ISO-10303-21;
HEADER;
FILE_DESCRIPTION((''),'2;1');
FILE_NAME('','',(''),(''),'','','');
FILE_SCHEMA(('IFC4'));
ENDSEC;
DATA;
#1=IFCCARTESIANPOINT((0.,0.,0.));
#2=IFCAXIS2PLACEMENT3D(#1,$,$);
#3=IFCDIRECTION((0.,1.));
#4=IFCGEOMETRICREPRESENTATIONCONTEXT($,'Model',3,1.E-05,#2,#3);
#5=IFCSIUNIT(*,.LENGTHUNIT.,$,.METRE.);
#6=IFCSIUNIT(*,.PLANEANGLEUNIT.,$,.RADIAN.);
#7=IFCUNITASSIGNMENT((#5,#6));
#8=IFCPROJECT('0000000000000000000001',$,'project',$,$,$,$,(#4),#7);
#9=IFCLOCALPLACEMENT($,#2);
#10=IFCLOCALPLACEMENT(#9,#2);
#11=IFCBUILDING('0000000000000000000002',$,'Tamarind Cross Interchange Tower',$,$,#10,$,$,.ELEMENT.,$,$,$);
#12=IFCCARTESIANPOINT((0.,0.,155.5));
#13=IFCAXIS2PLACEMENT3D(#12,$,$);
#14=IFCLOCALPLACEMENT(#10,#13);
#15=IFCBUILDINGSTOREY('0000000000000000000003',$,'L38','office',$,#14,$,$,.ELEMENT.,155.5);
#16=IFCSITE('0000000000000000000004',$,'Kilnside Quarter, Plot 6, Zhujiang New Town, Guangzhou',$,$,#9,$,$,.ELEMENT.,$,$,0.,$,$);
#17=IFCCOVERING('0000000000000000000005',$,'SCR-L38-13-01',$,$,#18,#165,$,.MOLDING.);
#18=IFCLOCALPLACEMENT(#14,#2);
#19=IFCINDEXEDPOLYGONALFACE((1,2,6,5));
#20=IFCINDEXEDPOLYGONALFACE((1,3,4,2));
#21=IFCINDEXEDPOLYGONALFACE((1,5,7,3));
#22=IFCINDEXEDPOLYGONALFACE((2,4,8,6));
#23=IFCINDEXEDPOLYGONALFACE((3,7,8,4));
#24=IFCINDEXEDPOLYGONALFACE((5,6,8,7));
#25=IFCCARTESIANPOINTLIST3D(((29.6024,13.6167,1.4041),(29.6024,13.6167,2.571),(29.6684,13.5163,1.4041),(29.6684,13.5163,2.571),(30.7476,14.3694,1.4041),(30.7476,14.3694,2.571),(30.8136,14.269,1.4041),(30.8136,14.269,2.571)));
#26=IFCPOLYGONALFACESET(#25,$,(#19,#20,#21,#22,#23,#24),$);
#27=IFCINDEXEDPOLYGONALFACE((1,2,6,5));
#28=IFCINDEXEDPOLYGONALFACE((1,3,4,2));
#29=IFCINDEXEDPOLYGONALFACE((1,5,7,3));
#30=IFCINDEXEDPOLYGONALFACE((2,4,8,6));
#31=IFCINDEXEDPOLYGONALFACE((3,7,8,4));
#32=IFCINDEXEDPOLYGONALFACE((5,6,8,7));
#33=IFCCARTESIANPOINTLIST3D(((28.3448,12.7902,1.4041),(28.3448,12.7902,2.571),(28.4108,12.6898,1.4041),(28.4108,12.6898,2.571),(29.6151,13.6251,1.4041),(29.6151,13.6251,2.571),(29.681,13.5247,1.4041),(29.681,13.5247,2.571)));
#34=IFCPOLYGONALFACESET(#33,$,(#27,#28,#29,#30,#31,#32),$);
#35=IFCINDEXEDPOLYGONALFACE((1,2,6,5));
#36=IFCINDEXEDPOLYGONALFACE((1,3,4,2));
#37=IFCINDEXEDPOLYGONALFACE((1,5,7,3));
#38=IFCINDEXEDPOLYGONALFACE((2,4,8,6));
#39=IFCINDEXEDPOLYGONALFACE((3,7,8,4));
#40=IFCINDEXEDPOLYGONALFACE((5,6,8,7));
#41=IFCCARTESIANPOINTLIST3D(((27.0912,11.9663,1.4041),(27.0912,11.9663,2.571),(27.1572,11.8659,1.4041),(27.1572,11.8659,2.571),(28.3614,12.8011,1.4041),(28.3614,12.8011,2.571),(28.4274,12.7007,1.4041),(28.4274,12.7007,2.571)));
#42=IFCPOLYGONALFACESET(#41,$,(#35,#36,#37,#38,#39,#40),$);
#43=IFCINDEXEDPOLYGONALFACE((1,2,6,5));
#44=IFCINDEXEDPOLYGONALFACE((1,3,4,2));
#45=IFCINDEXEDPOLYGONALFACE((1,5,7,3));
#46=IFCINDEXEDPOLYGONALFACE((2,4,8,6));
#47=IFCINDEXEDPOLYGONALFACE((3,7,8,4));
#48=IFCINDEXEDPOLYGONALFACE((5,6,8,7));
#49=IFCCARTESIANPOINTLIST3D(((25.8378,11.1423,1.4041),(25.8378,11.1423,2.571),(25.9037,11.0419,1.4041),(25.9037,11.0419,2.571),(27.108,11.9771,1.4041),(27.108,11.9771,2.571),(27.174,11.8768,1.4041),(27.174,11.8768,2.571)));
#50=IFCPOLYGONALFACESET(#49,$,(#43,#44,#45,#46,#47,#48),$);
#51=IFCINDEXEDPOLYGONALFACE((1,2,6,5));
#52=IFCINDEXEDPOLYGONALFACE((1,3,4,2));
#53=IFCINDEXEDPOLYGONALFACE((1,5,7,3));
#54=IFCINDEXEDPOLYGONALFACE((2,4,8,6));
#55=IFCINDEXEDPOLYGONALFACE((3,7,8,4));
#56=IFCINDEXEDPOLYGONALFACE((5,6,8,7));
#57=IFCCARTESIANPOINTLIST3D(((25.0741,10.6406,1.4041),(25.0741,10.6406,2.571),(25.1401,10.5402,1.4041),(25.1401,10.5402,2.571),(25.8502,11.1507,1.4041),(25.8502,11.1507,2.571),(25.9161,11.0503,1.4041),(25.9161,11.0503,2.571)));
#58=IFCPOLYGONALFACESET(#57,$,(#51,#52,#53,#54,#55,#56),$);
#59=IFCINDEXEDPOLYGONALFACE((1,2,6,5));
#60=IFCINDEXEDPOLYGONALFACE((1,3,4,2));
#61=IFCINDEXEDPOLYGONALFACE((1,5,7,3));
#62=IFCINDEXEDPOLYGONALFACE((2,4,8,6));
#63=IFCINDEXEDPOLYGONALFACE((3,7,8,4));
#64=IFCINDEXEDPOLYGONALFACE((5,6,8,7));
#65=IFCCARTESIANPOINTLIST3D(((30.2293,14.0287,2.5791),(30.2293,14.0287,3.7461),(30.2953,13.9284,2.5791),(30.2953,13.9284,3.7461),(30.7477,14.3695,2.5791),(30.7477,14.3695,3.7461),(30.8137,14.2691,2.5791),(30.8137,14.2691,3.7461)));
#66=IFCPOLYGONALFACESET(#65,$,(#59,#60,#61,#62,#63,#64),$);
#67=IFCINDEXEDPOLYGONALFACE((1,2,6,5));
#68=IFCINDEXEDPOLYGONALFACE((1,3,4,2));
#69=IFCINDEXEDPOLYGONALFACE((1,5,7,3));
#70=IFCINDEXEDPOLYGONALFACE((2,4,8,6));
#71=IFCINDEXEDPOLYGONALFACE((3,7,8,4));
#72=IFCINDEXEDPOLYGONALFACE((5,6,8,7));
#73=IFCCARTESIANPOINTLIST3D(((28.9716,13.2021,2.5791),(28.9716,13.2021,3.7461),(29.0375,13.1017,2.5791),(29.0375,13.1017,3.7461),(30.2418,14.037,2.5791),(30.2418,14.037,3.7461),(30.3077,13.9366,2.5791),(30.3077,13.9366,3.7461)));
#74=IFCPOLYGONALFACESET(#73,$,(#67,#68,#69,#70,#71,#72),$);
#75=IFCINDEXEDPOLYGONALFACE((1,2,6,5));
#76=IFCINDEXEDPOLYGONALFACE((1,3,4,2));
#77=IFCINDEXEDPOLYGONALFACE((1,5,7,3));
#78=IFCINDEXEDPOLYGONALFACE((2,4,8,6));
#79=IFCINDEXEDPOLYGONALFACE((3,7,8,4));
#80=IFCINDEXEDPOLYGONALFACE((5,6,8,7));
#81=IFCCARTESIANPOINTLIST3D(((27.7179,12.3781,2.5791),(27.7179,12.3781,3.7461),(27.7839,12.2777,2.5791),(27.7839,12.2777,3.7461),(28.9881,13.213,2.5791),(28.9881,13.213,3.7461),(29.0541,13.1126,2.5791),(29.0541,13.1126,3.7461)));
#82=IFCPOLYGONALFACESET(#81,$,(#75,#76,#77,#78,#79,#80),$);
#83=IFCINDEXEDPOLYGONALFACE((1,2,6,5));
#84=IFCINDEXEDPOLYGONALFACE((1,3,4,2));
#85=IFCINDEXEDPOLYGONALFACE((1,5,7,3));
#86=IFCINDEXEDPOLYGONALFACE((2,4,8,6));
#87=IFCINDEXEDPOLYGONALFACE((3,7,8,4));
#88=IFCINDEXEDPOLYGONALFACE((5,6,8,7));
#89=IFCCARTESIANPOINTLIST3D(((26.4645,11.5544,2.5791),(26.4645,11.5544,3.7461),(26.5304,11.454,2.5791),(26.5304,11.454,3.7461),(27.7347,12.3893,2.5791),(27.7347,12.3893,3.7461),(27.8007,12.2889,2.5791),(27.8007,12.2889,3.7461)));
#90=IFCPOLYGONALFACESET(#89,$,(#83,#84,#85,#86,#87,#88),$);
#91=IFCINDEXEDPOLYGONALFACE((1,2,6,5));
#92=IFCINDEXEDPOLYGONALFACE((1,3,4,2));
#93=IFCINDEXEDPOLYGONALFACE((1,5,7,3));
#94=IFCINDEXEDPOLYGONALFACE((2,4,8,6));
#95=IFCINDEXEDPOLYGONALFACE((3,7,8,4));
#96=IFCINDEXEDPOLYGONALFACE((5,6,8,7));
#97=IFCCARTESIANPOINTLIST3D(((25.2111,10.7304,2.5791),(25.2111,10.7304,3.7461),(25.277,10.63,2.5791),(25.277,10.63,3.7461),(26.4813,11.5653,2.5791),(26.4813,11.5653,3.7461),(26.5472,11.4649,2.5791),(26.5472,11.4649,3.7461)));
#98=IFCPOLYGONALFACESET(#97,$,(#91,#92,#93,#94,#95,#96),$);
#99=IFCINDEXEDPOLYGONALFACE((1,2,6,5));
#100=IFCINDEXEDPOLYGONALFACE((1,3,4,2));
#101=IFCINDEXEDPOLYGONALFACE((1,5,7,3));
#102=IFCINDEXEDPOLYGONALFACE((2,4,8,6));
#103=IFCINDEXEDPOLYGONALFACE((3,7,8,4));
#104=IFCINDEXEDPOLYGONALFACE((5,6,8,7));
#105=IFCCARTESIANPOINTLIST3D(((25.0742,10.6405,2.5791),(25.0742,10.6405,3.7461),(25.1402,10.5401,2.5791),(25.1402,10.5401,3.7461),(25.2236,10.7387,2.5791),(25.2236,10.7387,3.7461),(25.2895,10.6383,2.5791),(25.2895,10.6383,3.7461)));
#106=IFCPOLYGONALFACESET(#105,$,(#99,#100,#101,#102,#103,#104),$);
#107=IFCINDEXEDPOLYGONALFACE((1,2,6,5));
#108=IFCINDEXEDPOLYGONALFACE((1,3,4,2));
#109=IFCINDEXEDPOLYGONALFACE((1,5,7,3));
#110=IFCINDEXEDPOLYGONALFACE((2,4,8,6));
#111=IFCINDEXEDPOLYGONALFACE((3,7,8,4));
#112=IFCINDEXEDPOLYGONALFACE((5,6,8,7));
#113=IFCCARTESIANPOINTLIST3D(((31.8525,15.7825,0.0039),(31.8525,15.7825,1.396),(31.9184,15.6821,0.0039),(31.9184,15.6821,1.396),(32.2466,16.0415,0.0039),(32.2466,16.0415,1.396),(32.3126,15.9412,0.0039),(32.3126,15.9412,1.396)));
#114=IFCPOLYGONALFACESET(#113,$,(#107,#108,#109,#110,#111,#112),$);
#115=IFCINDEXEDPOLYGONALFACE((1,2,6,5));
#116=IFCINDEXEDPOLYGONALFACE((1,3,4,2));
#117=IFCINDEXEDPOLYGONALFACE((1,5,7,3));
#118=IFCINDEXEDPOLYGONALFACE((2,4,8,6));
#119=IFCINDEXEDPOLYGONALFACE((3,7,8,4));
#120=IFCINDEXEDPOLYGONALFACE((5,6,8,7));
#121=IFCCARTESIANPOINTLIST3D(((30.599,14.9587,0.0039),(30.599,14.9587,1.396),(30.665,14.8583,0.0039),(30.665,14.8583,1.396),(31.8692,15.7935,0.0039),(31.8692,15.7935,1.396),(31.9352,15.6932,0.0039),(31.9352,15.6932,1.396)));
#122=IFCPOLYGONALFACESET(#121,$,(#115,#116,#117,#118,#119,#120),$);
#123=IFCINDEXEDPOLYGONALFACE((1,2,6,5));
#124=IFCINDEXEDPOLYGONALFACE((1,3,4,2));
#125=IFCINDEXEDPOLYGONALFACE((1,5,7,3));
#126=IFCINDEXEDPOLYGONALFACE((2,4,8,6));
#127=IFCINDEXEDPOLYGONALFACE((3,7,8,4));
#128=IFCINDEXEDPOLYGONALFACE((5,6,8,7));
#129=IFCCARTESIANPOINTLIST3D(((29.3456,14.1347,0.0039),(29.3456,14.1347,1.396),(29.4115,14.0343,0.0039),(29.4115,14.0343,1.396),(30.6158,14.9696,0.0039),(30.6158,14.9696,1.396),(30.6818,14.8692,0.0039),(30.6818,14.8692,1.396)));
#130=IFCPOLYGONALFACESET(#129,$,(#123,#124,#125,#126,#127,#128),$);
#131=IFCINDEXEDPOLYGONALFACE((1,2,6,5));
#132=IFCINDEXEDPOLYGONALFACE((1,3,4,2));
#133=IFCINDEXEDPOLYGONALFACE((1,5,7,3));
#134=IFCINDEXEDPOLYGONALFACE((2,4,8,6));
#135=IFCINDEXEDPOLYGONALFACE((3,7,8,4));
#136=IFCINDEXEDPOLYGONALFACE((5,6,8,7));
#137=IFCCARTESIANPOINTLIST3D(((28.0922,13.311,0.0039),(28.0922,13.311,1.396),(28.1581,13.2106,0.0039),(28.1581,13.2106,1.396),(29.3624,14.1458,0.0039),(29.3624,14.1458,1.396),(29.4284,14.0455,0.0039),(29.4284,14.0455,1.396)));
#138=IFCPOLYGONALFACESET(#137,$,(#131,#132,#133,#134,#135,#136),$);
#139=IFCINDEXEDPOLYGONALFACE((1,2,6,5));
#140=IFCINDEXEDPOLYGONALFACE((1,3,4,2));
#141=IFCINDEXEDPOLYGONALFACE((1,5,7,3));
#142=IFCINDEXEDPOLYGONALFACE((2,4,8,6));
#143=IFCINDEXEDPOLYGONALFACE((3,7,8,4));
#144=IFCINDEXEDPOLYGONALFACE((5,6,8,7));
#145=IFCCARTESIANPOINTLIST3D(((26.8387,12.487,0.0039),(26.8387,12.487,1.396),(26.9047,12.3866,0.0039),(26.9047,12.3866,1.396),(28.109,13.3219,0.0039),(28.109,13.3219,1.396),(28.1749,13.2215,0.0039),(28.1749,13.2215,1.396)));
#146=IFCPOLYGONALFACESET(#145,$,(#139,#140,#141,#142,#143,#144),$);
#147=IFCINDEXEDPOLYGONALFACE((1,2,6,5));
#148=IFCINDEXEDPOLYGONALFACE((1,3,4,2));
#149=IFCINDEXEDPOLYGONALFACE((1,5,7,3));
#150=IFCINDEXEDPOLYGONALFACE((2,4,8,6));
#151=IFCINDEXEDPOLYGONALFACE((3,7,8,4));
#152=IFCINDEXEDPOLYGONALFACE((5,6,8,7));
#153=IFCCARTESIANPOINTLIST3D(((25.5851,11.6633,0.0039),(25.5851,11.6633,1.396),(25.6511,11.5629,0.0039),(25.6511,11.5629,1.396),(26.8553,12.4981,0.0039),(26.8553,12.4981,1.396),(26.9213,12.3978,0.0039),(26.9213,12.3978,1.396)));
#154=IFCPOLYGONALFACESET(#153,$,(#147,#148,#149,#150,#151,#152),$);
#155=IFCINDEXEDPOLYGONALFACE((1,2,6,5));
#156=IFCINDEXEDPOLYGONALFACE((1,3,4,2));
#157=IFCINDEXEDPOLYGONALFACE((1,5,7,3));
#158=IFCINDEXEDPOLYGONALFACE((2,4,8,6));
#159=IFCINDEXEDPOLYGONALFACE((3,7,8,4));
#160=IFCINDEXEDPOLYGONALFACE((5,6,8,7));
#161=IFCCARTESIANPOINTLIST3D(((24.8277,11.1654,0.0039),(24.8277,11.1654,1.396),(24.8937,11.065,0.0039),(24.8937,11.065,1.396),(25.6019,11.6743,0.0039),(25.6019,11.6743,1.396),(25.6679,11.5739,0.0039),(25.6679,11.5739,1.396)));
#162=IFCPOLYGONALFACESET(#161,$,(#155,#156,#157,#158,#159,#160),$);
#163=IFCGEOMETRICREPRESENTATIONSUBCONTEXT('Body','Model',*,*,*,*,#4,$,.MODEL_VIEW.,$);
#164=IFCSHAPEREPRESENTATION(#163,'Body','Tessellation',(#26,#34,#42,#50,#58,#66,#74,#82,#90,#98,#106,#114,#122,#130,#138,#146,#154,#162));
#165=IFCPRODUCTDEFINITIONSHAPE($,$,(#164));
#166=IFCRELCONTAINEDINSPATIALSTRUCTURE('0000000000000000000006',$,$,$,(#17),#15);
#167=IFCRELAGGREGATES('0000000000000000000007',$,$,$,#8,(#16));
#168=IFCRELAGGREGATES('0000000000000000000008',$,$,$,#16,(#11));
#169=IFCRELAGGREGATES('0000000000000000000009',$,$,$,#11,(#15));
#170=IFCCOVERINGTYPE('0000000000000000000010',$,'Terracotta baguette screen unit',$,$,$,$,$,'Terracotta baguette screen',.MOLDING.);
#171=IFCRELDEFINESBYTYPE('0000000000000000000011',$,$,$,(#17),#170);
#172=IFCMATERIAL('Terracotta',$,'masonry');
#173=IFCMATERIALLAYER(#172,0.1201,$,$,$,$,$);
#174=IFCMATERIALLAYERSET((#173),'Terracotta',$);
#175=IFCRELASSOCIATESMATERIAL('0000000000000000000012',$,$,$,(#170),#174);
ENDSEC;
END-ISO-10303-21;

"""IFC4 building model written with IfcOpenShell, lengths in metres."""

from ifc_helpers import new_model, si_unit, direction, frame, origin, origin_2d, place, context, subcontext, project, spatial, rectangle, extrude, material, layer, layer_set, type_object, element, save


model = new_model("IFC4")

# Units and contexts
model_context = context("Model", 3, precision=1e-05, world=origin(), true_north=direction((0.0, 1.0)))
body_context = subcontext(model_context, "Body", "Model", "MODEL_VIEW")
ifc_project = project(units=[si_unit("LENGTHUNIT", "METRE"), si_unit("PLANEANGLEUNIT", "RADIAN")], contexts=[model_context])

# Site, building, storey
site_placement = place(None, origin())
site = spatial("IfcSite", under=ifc_project, at=site_placement, Name="Kilnside Quarter, Plot 6, Zhujiang New Town, Guangzhou", CompositionType="ELEMENT", RefElevation=0.0)
building_placement = place(site_placement, origin())
building = spatial("IfcBuilding", under=site, at=building_placement, Name="Tamarind Cross Interchange Tower", CompositionType="ELEMENT")
storey_placement = place(building_placement, frame((0.0, 0.0, 155.5)))
storey = spatial("IfcBuildingStorey", under=building, at=storey_placement, Name="L38", Description="office", CompositionType="ELEMENT", Elevation=155.5)

# Covering
ifc_material_1 = material(Name="Terracotta", Category="masonry")
ifc_layer_1 = layer(ifc_material_1, 0.1201)
ifc_layer_set_1 = layer_set([ifc_layer_1], Name="Terracotta")
covering_type = type_object("IfcCoveringType", Name="Terracotta baguette screen unit", ElementType="Terracotta baguette screen", PredefinedType="MOLDING", material=ifc_layer_set_1)
covering_1_placement = place(storey_placement, origin())
element("IfcCovering", 1, at=covering_1_placement, inside=storey, type_object=covering_type, Name="SCR-L38-13-01", PredefinedType="MOLDING", context=body_context, shape_type="SweptSolid", body=[
    extrude(rectangle(XDim=1.3704, YDim=0.1201, at=origin_2d()), frame((30.208, 13.9429, 1.4041), z_axis=(0.0, 0.0, 1.0), x_axis=(-0.83566, -0.549248, 0.0)), (0.0, 0.0, 1.0), 1.167),
    extrude(rectangle(XDim=1.52, YDim=0.1201, at=origin_2d()), frame((29.0129, 13.1575, 1.4041), z_axis=(0.0, 0.0, 1.0), x_axis=(-0.83566, -0.549248, 0.0)), (0.0, 0.0, 1.0), 1.167),
    extrude(rectangle(XDim=1.52, YDim=0.1201, at=origin_2d()), frame((27.7593, 12.3335, 1.4041), z_axis=(0.0, 0.0, 1.0), x_axis=(-0.83566, -0.549248, 0.0)), (0.0, 0.0, 1.0), 1.167),
    extrude(rectangle(XDim=1.52, YDim=0.1201, at=origin_2d()), frame((26.5059, 11.5095, 1.4041), z_axis=(0.0, 0.0, 1.0), x_axis=(-0.83566, -0.549248, 0.0)), (0.0, 0.0, 1.0), 1.167),
    extrude(rectangle(XDim=0.9287, YDim=0.1201, at=origin_2d()), frame((25.4951, 10.8455, 1.4041), z_axis=(0.0, 0.0, 1.0), x_axis=(-0.83566, -0.549248, 0.0)), (0.0, 0.0, 1.0), 1.167),
    extrude(rectangle(XDim=0.6204, YDim=0.1201, at=origin_2d()), frame((30.5215, 14.1489, 2.5791), z_axis=(0.0, 0.0, 1.0), x_axis=(-0.83566, -0.549248, 0.0)), (0.0, 0.0, 1.0), 1.167),
    extrude(rectangle(XDim=1.52, YDim=0.1201, at=origin_2d()), frame((29.6396, 13.5693, 2.5791), z_axis=(0.0, 0.0, 1.0), x_axis=(-0.83566, -0.549248, 0.0)), (0.0, 0.0, 1.0), 1.167),
    extrude(rectangle(XDim=1.52, YDim=0.1201, at=origin_2d()), frame((28.386, 12.7454, 2.5791), z_axis=(0.0, 0.0, 1.0), x_axis=(-0.83566, -0.549248, 0.0)), (0.0, 0.0, 1.0), 1.167),
    extrude(rectangle(XDim=1.52, YDim=0.1201, at=origin_2d()), frame((27.1326, 11.9216, 2.5791), z_axis=(0.0, 0.0, 1.0), x_axis=(-0.83566, -0.549248, 0.0)), (0.0, 0.0, 1.0), 1.167),
    extrude(rectangle(XDim=1.52, YDim=0.1201, at=origin_2d()), frame((25.8792, 11.0977, 2.5791), z_axis=(0.0, 0.0, 1.0), x_axis=(-0.83566, -0.549248, 0.0)), (0.0, 0.0, 1.0), 1.167),
    extrude(rectangle(XDim=0.1787, YDim=0.1201, at=origin_2d()), frame((25.1819, 10.6394, 2.5791), z_axis=(0.0, 0.0, 1.0), x_axis=(-0.83566, -0.549248, 0.0)), (0.0, 0.0, 1.0), 1.167),
    extrude(rectangle(XDim=0.4717, YDim=0.1201, at=origin_2d()), frame((32.0825, 15.8618, 0.0039), z_axis=(0.0, 0.0, 1.0), x_axis=(-0.83566, -0.549248, 0.0)), (0.0, 0.0, 1.0), 1.3921),
    extrude(rectangle(XDim=1.52, YDim=0.1201, at=origin_2d()), frame((31.2671, 15.3259, 0.0039), z_axis=(0.0, 0.0, 1.0), x_axis=(-0.83566, -0.549248, 0.0)), (0.0, 0.0, 1.0), 1.3921),
    extrude(rectangle(XDim=1.52, YDim=0.1201, at=origin_2d()), frame((30.0137, 14.502, 0.0039), z_axis=(0.0, 0.0, 1.0), x_axis=(-0.83566, -0.549248, 0.0)), (0.0, 0.0, 1.0), 1.3921),
    extrude(rectangle(XDim=1.52, YDim=0.1201, at=origin_2d()), frame((28.7603, 13.6782, 0.0039), z_axis=(0.0, 0.0, 1.0), x_axis=(-0.83566, -0.549248, 0.0)), (0.0, 0.0, 1.0), 1.3921),
    extrude(rectangle(XDim=1.52, YDim=0.1201, at=origin_2d()), frame((27.5068, 12.8542, 0.0039), z_axis=(0.0, 0.0, 1.0), x_axis=(-0.83566, -0.549248, 0.0)), (0.0, 0.0, 1.0), 1.3921),
    extrude(rectangle(XDim=1.52, YDim=0.1201, at=origin_2d()), frame((26.2532, 12.0305, 0.0039), z_axis=(0.0, 0.0, 1.0), x_axis=(-0.83566, -0.549248, 0.0)), (0.0, 0.0, 1.0), 1.3921),
    extrude(rectangle(XDim=0.9265, YDim=0.1201, at=origin_2d()), frame((25.2478, 11.3696, 0.0039), z_axis=(0.0, 0.0, 1.0), x_axis=(-0.83566, -0.549248, 0.0)), (0.0, 0.0, 1.0), 1.3921),
])

save(model, "model.ifc")
